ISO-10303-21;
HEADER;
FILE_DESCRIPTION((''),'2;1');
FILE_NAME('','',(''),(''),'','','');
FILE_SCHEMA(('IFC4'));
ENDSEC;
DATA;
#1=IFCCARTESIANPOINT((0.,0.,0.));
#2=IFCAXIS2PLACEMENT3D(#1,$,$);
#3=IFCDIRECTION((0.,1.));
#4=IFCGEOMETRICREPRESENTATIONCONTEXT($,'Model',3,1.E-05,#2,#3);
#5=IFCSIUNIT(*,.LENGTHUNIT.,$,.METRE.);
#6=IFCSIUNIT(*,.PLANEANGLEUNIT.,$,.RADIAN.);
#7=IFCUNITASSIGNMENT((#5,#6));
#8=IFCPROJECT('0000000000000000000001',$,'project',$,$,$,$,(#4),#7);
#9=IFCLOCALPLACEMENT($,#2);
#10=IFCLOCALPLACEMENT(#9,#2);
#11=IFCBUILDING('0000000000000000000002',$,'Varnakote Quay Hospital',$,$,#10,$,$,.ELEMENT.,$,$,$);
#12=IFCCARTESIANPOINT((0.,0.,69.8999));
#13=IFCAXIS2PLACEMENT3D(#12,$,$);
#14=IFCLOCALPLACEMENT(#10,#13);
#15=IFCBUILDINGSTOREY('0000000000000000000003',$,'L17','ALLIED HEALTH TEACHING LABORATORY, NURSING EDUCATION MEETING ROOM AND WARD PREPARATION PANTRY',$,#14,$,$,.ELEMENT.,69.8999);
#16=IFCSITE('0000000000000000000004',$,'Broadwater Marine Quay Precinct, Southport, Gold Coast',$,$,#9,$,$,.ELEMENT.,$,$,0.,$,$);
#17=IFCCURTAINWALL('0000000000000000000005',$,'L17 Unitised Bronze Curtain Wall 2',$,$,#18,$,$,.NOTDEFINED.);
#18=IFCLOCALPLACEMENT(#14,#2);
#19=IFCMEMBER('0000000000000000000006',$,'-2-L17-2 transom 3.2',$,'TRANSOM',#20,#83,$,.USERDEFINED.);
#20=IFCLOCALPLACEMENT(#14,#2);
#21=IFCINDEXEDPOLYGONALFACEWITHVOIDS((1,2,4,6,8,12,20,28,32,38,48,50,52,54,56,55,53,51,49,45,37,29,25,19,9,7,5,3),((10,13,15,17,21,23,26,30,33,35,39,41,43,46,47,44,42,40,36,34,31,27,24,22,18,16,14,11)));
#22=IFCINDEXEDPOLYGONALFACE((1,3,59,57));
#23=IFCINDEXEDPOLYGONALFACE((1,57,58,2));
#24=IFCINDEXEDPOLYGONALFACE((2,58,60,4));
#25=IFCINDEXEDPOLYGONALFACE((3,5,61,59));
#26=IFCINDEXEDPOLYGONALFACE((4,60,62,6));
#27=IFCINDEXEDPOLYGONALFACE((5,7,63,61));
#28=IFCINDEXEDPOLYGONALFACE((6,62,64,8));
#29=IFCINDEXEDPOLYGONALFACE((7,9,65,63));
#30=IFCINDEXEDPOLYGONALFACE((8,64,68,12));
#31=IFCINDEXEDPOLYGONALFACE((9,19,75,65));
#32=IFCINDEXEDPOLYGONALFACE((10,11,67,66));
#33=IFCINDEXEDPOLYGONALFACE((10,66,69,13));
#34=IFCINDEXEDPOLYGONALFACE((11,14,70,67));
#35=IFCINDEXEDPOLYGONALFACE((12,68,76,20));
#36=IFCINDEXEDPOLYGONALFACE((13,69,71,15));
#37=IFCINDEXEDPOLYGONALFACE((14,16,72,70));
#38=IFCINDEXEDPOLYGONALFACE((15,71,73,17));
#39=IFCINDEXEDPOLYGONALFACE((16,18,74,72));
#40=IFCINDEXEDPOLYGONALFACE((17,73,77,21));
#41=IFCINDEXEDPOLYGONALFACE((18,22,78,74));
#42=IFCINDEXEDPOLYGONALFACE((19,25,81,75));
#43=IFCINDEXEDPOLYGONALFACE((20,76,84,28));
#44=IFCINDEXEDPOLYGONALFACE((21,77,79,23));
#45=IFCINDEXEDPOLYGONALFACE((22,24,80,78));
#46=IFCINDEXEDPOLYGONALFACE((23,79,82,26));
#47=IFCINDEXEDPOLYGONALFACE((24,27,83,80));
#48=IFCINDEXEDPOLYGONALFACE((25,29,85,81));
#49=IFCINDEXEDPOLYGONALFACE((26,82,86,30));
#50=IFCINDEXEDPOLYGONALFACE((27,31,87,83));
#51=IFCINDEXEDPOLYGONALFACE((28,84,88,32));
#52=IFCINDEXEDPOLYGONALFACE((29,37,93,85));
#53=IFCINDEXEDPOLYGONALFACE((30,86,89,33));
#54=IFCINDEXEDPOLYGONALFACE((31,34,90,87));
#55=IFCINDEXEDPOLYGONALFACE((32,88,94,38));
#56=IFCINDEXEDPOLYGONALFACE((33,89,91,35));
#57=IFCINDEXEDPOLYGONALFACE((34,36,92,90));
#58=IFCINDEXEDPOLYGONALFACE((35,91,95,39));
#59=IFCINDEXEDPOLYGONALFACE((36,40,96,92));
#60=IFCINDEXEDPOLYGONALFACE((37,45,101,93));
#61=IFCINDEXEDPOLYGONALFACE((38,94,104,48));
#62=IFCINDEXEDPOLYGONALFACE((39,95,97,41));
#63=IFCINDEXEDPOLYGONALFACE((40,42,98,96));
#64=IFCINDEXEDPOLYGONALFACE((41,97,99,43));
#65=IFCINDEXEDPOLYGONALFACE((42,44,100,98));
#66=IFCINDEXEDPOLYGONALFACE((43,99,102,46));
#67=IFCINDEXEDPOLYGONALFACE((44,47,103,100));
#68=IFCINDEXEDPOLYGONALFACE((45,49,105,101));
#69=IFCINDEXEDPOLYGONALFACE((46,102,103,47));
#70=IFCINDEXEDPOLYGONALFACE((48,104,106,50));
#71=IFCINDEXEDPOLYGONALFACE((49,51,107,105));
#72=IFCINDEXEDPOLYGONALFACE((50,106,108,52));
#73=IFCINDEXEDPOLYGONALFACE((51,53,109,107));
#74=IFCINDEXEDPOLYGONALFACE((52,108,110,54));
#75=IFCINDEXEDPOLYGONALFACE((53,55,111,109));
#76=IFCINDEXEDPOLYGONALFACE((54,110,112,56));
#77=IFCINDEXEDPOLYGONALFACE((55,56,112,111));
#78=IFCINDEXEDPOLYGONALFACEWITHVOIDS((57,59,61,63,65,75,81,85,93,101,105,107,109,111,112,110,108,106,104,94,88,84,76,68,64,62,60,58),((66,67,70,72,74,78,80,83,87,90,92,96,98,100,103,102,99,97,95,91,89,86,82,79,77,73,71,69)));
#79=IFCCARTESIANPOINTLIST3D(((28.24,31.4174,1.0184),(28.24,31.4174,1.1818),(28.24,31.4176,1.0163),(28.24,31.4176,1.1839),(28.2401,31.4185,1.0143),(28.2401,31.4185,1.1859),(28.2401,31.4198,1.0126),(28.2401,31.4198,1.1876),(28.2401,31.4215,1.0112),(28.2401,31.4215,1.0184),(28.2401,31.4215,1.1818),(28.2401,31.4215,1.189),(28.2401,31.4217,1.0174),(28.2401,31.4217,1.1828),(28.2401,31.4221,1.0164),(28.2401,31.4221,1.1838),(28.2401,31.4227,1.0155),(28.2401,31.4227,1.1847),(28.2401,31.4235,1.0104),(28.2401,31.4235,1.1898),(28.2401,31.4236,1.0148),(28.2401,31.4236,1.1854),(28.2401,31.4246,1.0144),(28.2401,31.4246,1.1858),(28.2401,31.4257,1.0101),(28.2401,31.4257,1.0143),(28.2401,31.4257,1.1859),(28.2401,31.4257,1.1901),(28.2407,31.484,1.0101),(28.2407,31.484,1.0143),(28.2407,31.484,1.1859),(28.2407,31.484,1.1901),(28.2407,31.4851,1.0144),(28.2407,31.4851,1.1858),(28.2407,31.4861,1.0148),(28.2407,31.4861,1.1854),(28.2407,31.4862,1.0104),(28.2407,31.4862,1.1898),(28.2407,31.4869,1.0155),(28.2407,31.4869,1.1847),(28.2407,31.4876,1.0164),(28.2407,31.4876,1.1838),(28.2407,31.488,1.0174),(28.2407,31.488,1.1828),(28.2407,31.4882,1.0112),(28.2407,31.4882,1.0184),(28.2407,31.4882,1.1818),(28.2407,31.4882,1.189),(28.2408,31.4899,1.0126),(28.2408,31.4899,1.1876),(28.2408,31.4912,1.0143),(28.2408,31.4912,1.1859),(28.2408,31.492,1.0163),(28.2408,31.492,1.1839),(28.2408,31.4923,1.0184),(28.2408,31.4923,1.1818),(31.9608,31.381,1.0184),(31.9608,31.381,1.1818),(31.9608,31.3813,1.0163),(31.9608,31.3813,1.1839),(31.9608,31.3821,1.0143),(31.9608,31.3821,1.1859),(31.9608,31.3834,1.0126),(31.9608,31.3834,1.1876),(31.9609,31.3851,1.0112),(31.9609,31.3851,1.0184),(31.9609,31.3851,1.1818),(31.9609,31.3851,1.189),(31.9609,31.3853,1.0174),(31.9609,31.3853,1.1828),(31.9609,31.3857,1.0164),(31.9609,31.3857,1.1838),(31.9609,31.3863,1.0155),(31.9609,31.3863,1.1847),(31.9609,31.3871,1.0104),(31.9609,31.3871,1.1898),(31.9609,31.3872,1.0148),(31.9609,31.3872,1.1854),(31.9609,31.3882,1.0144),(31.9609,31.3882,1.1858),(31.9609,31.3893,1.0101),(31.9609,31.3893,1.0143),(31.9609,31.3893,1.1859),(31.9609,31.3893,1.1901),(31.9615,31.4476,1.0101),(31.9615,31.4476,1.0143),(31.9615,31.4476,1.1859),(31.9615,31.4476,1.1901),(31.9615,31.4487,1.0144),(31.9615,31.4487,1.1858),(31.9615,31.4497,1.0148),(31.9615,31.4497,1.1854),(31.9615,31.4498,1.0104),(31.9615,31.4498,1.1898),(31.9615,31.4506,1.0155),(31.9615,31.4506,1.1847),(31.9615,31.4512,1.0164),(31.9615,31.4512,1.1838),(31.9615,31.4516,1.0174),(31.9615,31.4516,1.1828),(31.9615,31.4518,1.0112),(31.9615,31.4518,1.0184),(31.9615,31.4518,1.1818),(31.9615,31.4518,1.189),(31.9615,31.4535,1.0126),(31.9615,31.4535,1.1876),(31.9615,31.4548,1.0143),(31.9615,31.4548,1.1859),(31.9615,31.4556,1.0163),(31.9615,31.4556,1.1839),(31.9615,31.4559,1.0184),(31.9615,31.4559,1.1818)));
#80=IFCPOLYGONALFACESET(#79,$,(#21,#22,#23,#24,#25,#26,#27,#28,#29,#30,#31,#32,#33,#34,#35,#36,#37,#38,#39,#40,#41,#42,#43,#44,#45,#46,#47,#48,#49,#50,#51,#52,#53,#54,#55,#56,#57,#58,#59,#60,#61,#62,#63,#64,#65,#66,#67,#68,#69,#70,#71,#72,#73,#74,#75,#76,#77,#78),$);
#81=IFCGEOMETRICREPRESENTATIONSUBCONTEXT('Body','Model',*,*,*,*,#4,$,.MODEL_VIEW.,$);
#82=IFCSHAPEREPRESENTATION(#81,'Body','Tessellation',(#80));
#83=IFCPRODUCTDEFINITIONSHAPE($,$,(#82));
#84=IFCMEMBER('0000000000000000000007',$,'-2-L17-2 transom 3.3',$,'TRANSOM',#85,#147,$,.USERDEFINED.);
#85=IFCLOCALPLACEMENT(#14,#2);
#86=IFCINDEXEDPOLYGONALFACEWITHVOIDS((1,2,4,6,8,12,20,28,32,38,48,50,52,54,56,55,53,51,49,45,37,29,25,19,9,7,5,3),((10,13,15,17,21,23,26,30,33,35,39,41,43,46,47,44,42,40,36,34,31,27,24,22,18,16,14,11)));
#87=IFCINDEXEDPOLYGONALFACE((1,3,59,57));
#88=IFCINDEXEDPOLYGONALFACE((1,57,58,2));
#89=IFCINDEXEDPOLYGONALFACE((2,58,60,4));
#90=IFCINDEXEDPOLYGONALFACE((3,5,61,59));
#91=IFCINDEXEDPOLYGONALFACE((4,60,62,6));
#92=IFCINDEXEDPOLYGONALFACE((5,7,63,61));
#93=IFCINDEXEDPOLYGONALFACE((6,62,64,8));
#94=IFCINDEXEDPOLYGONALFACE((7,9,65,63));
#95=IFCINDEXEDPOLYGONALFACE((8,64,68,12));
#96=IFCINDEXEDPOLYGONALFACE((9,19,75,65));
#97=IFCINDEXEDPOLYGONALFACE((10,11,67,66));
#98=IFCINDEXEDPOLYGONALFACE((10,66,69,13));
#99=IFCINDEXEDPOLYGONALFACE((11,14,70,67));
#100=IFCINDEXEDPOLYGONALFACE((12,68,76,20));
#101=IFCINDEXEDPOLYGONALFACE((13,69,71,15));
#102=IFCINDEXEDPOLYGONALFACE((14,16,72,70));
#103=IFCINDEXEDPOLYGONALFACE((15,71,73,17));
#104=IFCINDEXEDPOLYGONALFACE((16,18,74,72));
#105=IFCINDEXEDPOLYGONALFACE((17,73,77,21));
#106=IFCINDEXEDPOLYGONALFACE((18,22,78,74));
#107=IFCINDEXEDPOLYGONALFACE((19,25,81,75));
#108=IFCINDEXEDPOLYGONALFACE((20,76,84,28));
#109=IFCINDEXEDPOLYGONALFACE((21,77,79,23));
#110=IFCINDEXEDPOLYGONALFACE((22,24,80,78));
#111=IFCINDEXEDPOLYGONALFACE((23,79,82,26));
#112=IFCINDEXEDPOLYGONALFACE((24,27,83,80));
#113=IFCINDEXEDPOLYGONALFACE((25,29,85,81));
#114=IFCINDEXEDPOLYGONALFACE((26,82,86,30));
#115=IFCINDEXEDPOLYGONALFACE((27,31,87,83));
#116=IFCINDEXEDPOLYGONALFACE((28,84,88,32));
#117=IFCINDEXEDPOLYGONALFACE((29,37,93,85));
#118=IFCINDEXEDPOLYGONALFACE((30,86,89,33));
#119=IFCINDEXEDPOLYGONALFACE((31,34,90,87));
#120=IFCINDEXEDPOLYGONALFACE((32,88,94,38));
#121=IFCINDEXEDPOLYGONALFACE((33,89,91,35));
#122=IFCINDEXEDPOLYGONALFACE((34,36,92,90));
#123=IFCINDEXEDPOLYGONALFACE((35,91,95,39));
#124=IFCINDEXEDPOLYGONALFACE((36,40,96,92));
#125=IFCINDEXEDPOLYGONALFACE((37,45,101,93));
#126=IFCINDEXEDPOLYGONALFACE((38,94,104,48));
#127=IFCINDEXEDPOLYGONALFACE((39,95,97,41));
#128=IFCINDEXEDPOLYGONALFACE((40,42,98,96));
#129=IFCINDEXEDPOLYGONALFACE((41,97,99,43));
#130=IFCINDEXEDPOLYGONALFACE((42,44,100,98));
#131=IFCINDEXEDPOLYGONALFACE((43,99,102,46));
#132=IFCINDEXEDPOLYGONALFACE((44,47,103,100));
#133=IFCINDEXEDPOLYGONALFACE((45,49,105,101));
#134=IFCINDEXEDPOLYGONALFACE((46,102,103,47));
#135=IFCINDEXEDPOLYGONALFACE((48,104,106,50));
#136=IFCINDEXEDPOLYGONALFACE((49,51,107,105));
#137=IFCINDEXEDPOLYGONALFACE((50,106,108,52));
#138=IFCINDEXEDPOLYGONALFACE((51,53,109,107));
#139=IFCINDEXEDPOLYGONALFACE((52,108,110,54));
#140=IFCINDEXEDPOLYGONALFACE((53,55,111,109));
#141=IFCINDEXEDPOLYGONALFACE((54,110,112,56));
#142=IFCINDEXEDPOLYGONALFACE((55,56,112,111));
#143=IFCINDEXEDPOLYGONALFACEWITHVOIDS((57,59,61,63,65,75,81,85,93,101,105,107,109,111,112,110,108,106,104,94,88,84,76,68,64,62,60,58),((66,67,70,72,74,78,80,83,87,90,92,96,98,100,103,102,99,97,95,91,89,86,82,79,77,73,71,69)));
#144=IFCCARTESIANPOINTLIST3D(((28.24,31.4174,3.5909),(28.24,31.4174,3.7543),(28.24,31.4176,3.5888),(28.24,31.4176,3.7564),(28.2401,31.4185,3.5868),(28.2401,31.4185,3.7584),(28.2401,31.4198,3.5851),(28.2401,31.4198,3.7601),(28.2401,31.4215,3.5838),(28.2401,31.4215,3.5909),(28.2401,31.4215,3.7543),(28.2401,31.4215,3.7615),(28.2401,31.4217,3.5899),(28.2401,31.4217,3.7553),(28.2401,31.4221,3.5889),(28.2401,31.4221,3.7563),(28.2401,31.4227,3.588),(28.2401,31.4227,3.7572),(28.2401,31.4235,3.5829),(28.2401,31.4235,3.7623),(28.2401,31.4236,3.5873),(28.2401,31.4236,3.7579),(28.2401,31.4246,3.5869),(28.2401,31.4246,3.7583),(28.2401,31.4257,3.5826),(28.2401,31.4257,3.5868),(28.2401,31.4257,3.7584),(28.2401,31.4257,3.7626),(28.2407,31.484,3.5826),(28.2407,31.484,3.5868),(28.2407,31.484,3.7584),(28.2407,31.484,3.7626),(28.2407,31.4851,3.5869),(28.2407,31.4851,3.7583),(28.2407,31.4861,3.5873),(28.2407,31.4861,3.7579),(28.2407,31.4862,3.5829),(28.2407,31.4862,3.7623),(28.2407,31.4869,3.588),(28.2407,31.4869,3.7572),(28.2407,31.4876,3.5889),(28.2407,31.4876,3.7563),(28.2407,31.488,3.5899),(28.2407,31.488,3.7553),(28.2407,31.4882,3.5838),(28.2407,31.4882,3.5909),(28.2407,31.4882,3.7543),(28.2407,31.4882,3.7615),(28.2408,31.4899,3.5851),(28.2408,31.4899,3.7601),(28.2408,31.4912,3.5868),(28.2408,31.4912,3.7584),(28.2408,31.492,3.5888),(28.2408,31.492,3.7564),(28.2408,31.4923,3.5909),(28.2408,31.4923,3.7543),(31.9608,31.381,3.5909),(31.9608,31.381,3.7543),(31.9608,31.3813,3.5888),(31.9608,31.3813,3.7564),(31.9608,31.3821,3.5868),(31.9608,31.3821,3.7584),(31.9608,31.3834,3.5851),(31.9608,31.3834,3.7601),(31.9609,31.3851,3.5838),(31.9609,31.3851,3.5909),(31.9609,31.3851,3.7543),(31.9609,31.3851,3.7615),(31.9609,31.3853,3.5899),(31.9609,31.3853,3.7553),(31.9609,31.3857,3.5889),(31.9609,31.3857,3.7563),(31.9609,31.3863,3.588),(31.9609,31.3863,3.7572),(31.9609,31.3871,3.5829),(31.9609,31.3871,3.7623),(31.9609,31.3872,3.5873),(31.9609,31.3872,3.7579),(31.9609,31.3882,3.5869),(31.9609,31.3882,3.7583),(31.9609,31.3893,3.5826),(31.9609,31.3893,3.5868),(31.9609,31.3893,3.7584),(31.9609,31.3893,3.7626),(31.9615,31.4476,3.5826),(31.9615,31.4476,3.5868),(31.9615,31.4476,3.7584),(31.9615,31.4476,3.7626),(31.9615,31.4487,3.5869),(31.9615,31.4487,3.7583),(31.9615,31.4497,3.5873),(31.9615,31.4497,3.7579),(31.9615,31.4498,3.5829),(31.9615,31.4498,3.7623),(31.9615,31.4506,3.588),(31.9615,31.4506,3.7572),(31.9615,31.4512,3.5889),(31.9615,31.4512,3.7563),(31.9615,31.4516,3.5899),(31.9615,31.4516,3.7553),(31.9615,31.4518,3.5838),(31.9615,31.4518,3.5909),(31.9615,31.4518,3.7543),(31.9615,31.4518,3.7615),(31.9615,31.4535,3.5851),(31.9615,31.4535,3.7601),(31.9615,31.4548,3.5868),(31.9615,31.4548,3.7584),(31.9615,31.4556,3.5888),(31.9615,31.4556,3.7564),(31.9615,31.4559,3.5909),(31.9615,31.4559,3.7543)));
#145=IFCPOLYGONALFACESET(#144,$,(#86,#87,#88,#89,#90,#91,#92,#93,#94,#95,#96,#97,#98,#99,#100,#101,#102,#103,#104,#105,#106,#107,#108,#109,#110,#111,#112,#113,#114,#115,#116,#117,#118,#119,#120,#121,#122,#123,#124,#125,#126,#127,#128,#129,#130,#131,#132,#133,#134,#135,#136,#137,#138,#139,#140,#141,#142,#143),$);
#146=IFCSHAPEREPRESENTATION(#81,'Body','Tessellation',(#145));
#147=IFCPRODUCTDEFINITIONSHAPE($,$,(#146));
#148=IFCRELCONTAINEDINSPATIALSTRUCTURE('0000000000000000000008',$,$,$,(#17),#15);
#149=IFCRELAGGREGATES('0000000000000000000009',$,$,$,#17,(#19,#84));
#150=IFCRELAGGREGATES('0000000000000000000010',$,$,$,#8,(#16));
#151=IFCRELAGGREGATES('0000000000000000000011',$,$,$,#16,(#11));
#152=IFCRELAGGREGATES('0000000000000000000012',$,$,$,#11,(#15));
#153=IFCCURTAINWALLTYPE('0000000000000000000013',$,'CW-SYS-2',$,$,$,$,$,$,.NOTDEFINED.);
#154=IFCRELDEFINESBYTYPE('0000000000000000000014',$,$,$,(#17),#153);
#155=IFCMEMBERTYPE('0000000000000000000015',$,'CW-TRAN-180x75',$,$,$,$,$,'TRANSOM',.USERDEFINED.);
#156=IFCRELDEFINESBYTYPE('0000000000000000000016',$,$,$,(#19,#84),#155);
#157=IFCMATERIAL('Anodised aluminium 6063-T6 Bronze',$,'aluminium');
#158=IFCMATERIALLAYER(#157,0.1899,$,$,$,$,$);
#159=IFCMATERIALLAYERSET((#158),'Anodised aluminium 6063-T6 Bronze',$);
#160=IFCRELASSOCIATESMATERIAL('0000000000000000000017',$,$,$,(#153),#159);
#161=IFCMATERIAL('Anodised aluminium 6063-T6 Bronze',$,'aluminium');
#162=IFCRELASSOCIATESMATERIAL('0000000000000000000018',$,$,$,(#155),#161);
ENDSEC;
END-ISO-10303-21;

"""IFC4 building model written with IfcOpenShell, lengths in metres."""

from ifc_helpers import new_model, si_unit, direction, frame, origin, origin_2d, place, context, subcontext, project, spatial, hollow_rectangle, extrude, material, layer, layer_set, material_profile, profile_set, type_object, element, aggregate, save


model = new_model("IFC4")

# Units and contexts
model_context = context("Model", 3, precision=1e-05, world=origin(), true_north=direction((0.0, 1.0)))
body_context = subcontext(model_context, "Body", "Model", "MODEL_VIEW")
ifc_project = project(units=[si_unit("LENGTHUNIT", "METRE"), si_unit("PLANEANGLEUNIT", "RADIAN")], contexts=[model_context])

# Site, building, storey
site_placement = place(None, origin())
site = spatial("IfcSite", under=ifc_project, at=site_placement, Name="Broadwater Marine Quay Precinct, Southport, Gold Coast", CompositionType="ELEMENT", RefElevation=0.0)
building_placement = place(site_placement, origin())
building = spatial("IfcBuilding", under=site, at=building_placement, Name="Varnakote Quay Hospital", CompositionType="ELEMENT")
storey_placement = place(building_placement, frame((0.0, 0.0, 69.8999)))
storey = spatial("IfcBuildingStorey", under=building, at=storey_placement, Name="L17", Description="ALLIED HEALTH TEACHING LABORATORY, NURSING EDUCATION MEETING ROOM AND WARD PREPARATION PANTRY", CompositionType="ELEMENT", Elevation=69.8999)

# Curtain wall, members
ifc_material_1 = material(Name="Anodised aluminium 6063-T6 Bronze", Category="aluminium")
ifc_layer_1 = layer(ifc_material_1, 0.1899)
ifc_layer_set_1 = layer_set([ifc_layer_1], Name="Anodised aluminium 6063-T6 Bronze")
curtain_wall_type = type_object("IfcCurtainWallType", Name="CW-SYS-2", PredefinedType="NOTDEFINED", material=ifc_layer_set_1)
curtain_wall_placement = place(storey_placement, origin())
curtain_wall = element("IfcCurtainWall", 1, at=curtain_wall_placement, inside=storey, type_object=curtain_wall_type, Name="L17 Unitised Bronze Curtain Wall 2", PredefinedType="NOTDEFINED")
ifc_material_2 = material(Name="Anodised aluminium 6063-T6 Bronze", Category="aluminium")
ifc_material_profile_1 = material_profile(ifc_material_2, hollow_rectangle(XDim=0.075, YDim=0.1799, WallThickness=0.0042, InnerFilletRadius=0.0042, OuterFilletRadius=0.0083, at=origin_2d()), Name="CW-TRAN-180x75")
ifc_profile_set_1 = profile_set([ifc_material_profile_1], Name="Anodised aluminium 6063-T6 Bronze")
member_type_1 = type_object("IfcMemberType", Name="CW-TRAN-180x75", ElementType="TRANSOM", PredefinedType="USERDEFINED", material=ifc_profile_set_1)
member_1_placement = place(storey_placement, frame((31.9612, 31.4185, 1.1001), z_axis=(-0.999952, 0.009776, 0.0), x_axis=(-0.009776, -0.999952, 0.0)))
member_1 = element("IfcMember", 2, at=member_1_placement, type_object=member_type_1, Name="-2-L17-2 transom 3.2", ObjectType="TRANSOM", PredefinedType="USERDEFINED", context=body_context, shape_type="SweptSolid", body=[
    extrude(hollow_rectangle(XDim=0.075, YDim=0.1799, WallThickness=0.0042, InnerFilletRadius=0.0042, OuterFilletRadius=0.0083, at=origin_2d()), origin(), (0.0, 0.0, 1.0), 3.7209),
])
member_2_placement = place(storey_placement, frame((31.9612, 31.4185, 3.6726), z_axis=(-0.999952, 0.009776, 0.0), x_axis=(-0.009776, -0.999952, 0.0)))
member_2 = element("IfcMember", 3, at=member_2_placement, type_object=member_type_1, Name="-2-L17-2 transom 3.3", ObjectType="TRANSOM", PredefinedType="USERDEFINED", context=body_context, shape_type="SweptSolid", body=[
    extrude(hollow_rectangle(XDim=0.075, YDim=0.1799, WallThickness=0.0042, InnerFilletRadius=0.0042, OuterFilletRadius=0.0083, at=origin_2d()), origin(), (0.0, 0.0, 1.0), 3.7209),
])

aggregate(curtain_wall, [member_1, member_2])

save(model, "model.ifc")
